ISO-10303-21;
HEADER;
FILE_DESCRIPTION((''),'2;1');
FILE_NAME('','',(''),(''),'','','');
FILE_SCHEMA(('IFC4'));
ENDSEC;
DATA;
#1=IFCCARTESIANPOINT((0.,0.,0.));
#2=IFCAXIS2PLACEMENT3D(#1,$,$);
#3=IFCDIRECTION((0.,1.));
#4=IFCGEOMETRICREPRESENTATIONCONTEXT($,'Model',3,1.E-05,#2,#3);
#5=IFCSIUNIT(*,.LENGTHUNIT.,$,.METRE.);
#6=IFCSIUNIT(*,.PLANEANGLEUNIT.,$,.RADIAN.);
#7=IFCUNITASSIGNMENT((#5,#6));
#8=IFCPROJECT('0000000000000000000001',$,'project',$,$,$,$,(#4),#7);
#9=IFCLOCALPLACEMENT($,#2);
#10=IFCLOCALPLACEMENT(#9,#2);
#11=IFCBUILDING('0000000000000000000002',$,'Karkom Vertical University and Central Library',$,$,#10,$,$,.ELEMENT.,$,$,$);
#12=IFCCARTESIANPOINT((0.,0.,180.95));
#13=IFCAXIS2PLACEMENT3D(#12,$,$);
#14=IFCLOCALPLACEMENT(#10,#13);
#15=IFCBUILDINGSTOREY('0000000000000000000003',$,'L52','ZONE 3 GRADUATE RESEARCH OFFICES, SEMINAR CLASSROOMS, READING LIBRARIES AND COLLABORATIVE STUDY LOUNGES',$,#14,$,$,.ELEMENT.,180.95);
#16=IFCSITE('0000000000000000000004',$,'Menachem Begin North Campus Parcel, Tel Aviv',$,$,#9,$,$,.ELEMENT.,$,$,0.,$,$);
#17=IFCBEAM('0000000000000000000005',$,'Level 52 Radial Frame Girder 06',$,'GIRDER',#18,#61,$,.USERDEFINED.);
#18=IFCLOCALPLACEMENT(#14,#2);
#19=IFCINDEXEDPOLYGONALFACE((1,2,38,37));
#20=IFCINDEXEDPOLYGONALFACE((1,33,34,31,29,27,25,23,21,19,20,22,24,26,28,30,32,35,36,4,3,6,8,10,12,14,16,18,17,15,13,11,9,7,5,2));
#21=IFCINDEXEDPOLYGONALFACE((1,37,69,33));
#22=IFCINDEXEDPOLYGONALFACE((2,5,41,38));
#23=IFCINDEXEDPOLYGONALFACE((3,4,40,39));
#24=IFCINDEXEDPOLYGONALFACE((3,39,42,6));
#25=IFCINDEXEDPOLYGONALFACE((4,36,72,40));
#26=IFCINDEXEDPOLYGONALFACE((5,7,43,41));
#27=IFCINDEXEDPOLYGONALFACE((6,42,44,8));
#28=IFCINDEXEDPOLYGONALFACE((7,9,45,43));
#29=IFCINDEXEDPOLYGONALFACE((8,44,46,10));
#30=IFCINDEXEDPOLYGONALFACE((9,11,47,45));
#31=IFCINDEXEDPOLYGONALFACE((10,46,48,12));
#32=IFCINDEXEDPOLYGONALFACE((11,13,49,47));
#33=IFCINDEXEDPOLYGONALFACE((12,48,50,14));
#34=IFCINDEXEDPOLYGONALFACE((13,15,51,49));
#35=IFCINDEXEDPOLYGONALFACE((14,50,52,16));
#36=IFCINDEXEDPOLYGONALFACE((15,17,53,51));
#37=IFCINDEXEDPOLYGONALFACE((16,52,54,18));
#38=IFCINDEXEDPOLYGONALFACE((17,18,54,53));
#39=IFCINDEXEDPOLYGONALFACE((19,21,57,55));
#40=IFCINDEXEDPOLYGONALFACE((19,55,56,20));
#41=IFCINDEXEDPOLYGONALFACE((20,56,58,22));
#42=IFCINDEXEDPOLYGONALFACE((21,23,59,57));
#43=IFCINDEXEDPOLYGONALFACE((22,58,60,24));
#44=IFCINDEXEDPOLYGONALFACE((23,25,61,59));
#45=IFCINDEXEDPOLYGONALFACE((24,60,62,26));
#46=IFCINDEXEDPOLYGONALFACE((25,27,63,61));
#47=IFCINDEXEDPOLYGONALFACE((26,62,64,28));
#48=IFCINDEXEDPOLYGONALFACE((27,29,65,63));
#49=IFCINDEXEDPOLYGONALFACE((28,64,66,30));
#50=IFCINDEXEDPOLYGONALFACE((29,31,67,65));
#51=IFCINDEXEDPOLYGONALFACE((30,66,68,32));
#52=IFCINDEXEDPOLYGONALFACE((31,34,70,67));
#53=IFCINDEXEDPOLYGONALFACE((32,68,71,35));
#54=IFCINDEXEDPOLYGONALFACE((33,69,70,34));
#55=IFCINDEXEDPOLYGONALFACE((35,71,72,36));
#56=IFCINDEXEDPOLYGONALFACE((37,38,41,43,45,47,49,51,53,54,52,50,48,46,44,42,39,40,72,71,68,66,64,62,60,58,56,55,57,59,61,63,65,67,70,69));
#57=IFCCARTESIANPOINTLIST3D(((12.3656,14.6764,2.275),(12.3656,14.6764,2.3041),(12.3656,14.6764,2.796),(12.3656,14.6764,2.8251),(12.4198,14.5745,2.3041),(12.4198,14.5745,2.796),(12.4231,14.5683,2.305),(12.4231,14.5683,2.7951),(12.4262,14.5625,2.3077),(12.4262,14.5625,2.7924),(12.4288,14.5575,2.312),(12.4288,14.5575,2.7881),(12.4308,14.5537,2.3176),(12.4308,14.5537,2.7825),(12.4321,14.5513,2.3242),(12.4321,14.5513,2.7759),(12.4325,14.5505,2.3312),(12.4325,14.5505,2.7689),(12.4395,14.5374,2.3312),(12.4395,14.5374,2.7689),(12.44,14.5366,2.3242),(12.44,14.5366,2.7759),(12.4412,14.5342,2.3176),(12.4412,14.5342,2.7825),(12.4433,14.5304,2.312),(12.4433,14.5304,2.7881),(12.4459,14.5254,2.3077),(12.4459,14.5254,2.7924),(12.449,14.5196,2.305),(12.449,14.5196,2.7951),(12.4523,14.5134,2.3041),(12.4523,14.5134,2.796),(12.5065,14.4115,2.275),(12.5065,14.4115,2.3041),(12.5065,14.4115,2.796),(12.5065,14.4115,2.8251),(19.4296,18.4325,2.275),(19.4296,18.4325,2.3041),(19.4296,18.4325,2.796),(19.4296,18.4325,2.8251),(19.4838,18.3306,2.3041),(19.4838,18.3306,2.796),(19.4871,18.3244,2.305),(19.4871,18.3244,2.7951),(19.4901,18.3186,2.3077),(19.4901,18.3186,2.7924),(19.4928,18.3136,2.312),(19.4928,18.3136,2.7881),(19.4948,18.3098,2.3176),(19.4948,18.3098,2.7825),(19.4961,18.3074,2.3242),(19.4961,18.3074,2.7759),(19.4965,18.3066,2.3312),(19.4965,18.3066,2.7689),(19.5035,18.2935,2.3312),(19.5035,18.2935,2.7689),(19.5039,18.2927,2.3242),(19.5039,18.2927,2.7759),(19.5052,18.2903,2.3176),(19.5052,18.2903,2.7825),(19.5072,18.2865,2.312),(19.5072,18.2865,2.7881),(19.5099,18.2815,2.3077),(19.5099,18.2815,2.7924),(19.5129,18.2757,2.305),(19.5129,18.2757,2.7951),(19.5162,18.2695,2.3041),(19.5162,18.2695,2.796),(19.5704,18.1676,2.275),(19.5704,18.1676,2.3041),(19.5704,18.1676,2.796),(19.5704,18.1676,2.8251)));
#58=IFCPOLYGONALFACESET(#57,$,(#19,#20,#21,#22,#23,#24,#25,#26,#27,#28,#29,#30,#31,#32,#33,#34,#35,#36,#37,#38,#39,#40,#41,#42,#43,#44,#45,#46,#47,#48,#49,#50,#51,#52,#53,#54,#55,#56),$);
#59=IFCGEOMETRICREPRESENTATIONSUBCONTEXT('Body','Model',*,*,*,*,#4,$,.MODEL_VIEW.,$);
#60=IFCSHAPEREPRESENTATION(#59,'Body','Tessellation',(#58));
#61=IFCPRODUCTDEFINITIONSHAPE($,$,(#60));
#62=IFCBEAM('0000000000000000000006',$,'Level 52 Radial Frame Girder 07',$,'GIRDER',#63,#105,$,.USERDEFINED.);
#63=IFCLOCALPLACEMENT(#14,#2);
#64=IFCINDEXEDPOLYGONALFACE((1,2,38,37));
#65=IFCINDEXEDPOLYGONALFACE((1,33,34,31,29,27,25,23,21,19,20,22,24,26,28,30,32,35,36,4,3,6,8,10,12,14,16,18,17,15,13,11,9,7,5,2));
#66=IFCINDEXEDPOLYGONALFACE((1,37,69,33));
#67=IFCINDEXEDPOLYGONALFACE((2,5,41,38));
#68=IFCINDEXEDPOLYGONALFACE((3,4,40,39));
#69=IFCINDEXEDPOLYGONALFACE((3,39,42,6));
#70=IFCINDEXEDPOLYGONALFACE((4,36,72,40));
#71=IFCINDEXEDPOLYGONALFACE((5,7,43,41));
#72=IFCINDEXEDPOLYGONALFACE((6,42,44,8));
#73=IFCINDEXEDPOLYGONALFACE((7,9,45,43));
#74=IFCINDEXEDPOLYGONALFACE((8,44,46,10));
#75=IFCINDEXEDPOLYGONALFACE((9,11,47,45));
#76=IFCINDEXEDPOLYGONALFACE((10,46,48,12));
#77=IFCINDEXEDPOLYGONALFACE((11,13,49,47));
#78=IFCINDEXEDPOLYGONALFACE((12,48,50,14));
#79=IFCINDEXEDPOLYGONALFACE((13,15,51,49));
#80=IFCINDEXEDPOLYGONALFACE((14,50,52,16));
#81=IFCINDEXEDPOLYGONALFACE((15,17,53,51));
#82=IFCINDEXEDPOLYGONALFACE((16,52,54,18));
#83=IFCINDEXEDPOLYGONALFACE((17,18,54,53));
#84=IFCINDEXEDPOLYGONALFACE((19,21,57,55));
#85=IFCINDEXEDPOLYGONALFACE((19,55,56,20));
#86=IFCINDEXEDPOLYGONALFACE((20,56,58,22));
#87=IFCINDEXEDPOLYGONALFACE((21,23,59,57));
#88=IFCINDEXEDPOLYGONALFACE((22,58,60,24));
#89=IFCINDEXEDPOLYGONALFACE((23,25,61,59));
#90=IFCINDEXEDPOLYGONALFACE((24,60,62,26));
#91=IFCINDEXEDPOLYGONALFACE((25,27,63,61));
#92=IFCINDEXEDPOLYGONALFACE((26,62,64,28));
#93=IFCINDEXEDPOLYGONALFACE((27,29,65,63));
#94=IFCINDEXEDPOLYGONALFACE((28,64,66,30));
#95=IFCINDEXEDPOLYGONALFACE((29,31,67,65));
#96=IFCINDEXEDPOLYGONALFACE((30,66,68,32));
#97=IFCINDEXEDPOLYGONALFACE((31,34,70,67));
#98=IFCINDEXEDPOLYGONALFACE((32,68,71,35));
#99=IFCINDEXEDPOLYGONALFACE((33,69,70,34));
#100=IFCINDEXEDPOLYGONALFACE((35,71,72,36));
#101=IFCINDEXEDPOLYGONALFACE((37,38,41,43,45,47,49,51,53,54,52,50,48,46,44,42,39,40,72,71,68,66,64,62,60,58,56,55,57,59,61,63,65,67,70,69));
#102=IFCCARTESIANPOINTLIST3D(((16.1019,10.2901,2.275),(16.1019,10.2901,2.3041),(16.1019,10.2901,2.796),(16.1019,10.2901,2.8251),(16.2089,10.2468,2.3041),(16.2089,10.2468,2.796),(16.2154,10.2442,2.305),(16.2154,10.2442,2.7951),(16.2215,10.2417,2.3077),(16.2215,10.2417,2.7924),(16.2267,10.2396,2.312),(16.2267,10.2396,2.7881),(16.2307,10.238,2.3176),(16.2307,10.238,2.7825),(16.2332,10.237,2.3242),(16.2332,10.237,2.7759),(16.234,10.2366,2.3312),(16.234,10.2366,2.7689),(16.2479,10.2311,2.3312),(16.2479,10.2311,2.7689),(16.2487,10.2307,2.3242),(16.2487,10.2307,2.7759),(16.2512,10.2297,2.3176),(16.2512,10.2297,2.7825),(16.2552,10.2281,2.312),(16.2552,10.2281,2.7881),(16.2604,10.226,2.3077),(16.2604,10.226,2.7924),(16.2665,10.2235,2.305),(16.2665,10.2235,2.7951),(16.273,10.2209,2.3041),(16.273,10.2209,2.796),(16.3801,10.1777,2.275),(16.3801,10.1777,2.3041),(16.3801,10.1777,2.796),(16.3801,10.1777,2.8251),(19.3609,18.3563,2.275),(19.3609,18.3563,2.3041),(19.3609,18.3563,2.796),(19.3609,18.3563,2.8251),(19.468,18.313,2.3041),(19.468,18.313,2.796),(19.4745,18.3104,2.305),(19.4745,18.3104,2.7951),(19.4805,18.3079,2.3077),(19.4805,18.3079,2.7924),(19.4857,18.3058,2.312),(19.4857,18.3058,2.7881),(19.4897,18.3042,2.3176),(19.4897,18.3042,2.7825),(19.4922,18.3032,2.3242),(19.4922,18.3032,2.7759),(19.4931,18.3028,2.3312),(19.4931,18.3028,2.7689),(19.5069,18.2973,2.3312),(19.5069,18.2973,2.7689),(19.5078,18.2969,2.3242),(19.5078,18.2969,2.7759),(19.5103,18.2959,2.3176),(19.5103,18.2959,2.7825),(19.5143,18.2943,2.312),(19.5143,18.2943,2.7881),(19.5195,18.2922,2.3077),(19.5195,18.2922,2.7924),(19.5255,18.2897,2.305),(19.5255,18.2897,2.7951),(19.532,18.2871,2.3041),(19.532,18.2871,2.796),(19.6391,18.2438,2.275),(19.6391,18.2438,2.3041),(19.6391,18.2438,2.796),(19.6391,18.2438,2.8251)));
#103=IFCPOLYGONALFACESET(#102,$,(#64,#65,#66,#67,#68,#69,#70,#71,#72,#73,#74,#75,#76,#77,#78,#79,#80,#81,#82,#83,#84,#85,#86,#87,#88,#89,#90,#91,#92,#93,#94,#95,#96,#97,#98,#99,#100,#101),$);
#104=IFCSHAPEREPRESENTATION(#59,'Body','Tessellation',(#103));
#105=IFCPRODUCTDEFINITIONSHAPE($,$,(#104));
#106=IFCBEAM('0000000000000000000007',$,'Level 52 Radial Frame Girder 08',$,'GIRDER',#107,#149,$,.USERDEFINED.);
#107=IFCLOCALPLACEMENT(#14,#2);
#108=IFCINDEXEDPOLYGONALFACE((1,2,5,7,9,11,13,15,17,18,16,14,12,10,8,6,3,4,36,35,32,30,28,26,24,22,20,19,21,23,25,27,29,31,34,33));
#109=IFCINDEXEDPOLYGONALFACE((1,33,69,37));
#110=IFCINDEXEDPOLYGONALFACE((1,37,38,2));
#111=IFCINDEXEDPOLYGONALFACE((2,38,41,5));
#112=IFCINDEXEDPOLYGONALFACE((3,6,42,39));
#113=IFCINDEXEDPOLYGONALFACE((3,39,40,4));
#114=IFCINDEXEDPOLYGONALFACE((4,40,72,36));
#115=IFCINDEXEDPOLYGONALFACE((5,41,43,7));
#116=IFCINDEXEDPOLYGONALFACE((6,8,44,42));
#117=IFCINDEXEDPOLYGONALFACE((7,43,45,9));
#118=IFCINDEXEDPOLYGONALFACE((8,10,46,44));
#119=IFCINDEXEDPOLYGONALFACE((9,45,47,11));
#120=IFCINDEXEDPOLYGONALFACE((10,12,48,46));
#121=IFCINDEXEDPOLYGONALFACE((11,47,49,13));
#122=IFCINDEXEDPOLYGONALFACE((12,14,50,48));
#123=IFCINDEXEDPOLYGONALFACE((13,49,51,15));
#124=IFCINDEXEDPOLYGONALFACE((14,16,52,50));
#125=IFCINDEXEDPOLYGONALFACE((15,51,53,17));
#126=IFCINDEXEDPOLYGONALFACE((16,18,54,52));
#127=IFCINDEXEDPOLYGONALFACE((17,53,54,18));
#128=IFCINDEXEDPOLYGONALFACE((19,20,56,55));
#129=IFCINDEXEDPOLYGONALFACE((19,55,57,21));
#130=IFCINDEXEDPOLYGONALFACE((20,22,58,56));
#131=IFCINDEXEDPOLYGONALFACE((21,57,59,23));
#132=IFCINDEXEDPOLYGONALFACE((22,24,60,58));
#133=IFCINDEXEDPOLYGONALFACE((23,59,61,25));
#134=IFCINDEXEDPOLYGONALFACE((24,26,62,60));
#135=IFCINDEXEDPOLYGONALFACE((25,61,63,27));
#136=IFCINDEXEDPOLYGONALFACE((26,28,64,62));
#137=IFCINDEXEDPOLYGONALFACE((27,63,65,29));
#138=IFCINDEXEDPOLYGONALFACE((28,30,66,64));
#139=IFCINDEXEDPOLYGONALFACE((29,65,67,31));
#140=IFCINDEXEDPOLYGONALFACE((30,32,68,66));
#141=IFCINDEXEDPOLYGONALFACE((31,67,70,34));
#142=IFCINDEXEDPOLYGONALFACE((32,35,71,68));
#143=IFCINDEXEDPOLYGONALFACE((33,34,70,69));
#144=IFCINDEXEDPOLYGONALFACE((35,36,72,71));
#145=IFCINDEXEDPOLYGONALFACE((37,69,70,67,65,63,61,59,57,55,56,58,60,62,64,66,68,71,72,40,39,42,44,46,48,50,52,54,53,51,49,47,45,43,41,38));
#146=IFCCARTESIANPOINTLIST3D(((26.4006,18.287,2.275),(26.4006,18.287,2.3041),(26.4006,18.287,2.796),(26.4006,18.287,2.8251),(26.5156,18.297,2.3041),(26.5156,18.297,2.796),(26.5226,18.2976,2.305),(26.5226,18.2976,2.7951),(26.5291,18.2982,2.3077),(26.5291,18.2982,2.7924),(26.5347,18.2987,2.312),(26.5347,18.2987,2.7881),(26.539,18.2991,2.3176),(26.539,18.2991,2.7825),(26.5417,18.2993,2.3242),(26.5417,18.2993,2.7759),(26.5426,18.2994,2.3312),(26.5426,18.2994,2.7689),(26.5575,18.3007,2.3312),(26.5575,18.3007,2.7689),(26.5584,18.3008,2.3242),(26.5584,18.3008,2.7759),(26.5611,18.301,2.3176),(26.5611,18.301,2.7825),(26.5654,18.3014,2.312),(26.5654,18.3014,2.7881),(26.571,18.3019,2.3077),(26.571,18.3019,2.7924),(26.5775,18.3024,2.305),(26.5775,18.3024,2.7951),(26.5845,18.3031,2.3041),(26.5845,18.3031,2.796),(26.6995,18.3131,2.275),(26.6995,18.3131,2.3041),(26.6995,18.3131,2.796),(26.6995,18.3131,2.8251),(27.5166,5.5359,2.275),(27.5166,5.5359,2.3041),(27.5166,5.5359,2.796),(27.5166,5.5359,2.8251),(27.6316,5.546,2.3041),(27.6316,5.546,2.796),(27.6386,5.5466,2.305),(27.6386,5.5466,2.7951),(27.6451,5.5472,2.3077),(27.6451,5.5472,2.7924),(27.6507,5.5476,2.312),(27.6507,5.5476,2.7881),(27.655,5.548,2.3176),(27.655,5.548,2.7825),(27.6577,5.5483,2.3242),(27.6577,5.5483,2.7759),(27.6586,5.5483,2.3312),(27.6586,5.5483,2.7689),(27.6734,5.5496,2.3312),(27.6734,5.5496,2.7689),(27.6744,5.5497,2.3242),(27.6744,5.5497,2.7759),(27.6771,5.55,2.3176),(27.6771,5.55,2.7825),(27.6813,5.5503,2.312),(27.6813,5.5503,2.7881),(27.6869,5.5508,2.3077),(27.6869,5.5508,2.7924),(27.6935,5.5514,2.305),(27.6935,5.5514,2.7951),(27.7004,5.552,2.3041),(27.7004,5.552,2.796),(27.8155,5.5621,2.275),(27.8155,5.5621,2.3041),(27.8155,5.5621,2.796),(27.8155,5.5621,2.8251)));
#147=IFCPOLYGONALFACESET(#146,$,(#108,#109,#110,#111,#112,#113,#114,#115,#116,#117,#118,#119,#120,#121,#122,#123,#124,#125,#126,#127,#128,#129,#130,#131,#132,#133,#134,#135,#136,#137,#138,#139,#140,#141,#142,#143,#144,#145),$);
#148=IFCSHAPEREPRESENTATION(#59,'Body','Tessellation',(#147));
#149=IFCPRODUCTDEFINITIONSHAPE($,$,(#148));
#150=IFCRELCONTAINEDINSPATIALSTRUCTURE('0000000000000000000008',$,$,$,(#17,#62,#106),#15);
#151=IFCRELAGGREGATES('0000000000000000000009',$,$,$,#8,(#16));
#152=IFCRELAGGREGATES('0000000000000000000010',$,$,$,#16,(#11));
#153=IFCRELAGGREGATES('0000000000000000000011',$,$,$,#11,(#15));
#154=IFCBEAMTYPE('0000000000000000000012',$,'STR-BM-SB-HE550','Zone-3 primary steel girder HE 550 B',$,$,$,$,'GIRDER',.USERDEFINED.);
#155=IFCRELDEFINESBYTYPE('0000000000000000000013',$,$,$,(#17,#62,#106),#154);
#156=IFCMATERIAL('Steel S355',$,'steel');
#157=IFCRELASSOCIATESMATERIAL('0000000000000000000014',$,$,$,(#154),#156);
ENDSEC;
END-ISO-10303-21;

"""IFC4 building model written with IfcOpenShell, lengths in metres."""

from ifc_helpers import new_model, si_unit, direction, frame, origin, origin_with_axes, origin_2d, place, context, subcontext, project, spatial, i_section, extrude, source, transform, mapped, material, material_profile, profile_set, type_object, element, save


model = new_model("IFC4")

# Units and contexts
model_context = context("Model", 3, precision=1e-05, world=origin(), true_north=direction((0.0, 1.0)))
body_context = subcontext(model_context, "Body", "Model", "MODEL_VIEW")
ifc_project = project(units=[si_unit("LENGTHUNIT", "METRE"), si_unit("PLANEANGLEUNIT", "RADIAN")], contexts=[model_context])

# Site, building, storey
site_placement = place(None, origin())
site = spatial("IfcSite", under=ifc_project, at=site_placement, Name="Menachem Begin North Campus Parcel, Tel Aviv", CompositionType="ELEMENT", RefElevation=0.0)
building_placement = place(site_placement, origin())
building = spatial("IfcBuilding", under=site, at=building_placement, Name="Karkom Vertical University and Central Library", CompositionType="ELEMENT")
storey_placement = place(building_placement, frame((0.0, 0.0, 180.95)))
storey = spatial("IfcBuildingStorey", under=building, at=storey_placement, Name="L52", Description="ZONE 3 GRADUATE RESEARCH OFFICES, SEMINAR CLASSROOMS, READING LIBRARIES AND COLLABORATIVE STUDY LOUNGES", CompositionType="ELEMENT", Elevation=180.95)

# Beams
ifc_material_1 = material(Name="Steel S355", Category="steel")
ifc_material_profile_1 = material_profile(ifc_material_1, i_section(OverallWidth=0.3, OverallDepth=0.55, WebThickness=0.0149, FlangeThickness=0.0291, FilletRadius=0.0271, at=origin_2d()), Name="HE 550 B")
ifc_profile_set_1 = profile_set([ifc_material_profile_1], Name="Steel S355")
beam_type_1 = type_object("IfcBeamType", Name="STR-BM-SB-HE550", Description="Zone-3 primary steel girder HE 550 B", ElementType="GIRDER", PredefinedType="USERDEFINED", material=ifc_profile_set_1)
shared_shape_1 = source(origin_with_axes(), body_context, "Body", "SweptSolid", [
    extrude(i_section(OverallWidth=0.3, OverallDepth=0.55, WebThickness=0.0149, FlangeThickness=0.0291, FilletRadius=0.0271, at=origin_2d()), origin(), (0.0, 0.0, 1.0), 8.0005),
])
beam_1_placement = place(storey_placement, frame((19.5, 18.3, 2.55), z_axis=(-0.882941, -0.469484, 0.0), x_axis=(0.469484, -0.882941, 0.0)))
element("IfcBeam", 1, at=beam_1_placement, inside=storey, type_object=beam_type_1, Name="Level 52 Radial Frame Girder 06", ObjectType="GIRDER", PredefinedType="USERDEFINED", context=body_context, shape_type="MappedRepresentation", body=[
    mapped(shared_shape_1, transform((0.0, 0.0, 0.0), scale=1.0)),
])
shared_shape_2 = source(origin_with_axes(), body_context, "Body", "SweptSolid", [
    extrude(i_section(OverallWidth=0.3, OverallDepth=0.55, WebThickness=0.0149, FlangeThickness=0.0291, FilletRadius=0.0271, at=origin_2d()), origin(), (0.0, 0.0, 1.0), 8.6997),
])
beam_2_placement = place(storey_placement, frame((19.5, 18.3, 2.55), z_axis=(-0.374616, -0.92718, 0.0), x_axis=(0.92718, -0.374616, 0.0)))
element("IfcBeam", 2, at=beam_2_placement, inside=storey, type_object=beam_type_1, Name="Level 52 Radial Frame Girder 07", ObjectType="GIRDER", PredefinedType="USERDEFINED", context=body_context, shape_type="MappedRepresentation", body=[
    mapped(shared_shape_2, transform((0.0, 0.0, 0.0), scale=1.0)),
])
shared_shape_3 = source(origin_with_axes(), body_context, "Body", "SweptSolid", [
    extrude(i_section(OverallWidth=0.3, OverallDepth=0.55, WebThickness=0.0149, FlangeThickness=0.0291, FilletRadius=0.0271, at=origin_2d()), origin(), (0.0, 0.0, 1.0), 12.7998),
])
beam_3_placement = place(storey_placement, frame((26.55, 18.3, 2.55), z_axis=(0.087187, -0.996192, 0.0), x_axis=(0.996192, 0.087187, 0.0)))
element("IfcBeam", 3, at=beam_3_placement, inside=storey, type_object=beam_type_1, Name="Level 52 Radial Frame Girder 08", ObjectType="GIRDER", PredefinedType="USERDEFINED", context=body_context, shape_type="MappedRepresentation", body=[
    mapped(shared_shape_3, transform((0.0, 0.0, 0.0), scale=1.0)),
])

save(model, "model.ifc")
